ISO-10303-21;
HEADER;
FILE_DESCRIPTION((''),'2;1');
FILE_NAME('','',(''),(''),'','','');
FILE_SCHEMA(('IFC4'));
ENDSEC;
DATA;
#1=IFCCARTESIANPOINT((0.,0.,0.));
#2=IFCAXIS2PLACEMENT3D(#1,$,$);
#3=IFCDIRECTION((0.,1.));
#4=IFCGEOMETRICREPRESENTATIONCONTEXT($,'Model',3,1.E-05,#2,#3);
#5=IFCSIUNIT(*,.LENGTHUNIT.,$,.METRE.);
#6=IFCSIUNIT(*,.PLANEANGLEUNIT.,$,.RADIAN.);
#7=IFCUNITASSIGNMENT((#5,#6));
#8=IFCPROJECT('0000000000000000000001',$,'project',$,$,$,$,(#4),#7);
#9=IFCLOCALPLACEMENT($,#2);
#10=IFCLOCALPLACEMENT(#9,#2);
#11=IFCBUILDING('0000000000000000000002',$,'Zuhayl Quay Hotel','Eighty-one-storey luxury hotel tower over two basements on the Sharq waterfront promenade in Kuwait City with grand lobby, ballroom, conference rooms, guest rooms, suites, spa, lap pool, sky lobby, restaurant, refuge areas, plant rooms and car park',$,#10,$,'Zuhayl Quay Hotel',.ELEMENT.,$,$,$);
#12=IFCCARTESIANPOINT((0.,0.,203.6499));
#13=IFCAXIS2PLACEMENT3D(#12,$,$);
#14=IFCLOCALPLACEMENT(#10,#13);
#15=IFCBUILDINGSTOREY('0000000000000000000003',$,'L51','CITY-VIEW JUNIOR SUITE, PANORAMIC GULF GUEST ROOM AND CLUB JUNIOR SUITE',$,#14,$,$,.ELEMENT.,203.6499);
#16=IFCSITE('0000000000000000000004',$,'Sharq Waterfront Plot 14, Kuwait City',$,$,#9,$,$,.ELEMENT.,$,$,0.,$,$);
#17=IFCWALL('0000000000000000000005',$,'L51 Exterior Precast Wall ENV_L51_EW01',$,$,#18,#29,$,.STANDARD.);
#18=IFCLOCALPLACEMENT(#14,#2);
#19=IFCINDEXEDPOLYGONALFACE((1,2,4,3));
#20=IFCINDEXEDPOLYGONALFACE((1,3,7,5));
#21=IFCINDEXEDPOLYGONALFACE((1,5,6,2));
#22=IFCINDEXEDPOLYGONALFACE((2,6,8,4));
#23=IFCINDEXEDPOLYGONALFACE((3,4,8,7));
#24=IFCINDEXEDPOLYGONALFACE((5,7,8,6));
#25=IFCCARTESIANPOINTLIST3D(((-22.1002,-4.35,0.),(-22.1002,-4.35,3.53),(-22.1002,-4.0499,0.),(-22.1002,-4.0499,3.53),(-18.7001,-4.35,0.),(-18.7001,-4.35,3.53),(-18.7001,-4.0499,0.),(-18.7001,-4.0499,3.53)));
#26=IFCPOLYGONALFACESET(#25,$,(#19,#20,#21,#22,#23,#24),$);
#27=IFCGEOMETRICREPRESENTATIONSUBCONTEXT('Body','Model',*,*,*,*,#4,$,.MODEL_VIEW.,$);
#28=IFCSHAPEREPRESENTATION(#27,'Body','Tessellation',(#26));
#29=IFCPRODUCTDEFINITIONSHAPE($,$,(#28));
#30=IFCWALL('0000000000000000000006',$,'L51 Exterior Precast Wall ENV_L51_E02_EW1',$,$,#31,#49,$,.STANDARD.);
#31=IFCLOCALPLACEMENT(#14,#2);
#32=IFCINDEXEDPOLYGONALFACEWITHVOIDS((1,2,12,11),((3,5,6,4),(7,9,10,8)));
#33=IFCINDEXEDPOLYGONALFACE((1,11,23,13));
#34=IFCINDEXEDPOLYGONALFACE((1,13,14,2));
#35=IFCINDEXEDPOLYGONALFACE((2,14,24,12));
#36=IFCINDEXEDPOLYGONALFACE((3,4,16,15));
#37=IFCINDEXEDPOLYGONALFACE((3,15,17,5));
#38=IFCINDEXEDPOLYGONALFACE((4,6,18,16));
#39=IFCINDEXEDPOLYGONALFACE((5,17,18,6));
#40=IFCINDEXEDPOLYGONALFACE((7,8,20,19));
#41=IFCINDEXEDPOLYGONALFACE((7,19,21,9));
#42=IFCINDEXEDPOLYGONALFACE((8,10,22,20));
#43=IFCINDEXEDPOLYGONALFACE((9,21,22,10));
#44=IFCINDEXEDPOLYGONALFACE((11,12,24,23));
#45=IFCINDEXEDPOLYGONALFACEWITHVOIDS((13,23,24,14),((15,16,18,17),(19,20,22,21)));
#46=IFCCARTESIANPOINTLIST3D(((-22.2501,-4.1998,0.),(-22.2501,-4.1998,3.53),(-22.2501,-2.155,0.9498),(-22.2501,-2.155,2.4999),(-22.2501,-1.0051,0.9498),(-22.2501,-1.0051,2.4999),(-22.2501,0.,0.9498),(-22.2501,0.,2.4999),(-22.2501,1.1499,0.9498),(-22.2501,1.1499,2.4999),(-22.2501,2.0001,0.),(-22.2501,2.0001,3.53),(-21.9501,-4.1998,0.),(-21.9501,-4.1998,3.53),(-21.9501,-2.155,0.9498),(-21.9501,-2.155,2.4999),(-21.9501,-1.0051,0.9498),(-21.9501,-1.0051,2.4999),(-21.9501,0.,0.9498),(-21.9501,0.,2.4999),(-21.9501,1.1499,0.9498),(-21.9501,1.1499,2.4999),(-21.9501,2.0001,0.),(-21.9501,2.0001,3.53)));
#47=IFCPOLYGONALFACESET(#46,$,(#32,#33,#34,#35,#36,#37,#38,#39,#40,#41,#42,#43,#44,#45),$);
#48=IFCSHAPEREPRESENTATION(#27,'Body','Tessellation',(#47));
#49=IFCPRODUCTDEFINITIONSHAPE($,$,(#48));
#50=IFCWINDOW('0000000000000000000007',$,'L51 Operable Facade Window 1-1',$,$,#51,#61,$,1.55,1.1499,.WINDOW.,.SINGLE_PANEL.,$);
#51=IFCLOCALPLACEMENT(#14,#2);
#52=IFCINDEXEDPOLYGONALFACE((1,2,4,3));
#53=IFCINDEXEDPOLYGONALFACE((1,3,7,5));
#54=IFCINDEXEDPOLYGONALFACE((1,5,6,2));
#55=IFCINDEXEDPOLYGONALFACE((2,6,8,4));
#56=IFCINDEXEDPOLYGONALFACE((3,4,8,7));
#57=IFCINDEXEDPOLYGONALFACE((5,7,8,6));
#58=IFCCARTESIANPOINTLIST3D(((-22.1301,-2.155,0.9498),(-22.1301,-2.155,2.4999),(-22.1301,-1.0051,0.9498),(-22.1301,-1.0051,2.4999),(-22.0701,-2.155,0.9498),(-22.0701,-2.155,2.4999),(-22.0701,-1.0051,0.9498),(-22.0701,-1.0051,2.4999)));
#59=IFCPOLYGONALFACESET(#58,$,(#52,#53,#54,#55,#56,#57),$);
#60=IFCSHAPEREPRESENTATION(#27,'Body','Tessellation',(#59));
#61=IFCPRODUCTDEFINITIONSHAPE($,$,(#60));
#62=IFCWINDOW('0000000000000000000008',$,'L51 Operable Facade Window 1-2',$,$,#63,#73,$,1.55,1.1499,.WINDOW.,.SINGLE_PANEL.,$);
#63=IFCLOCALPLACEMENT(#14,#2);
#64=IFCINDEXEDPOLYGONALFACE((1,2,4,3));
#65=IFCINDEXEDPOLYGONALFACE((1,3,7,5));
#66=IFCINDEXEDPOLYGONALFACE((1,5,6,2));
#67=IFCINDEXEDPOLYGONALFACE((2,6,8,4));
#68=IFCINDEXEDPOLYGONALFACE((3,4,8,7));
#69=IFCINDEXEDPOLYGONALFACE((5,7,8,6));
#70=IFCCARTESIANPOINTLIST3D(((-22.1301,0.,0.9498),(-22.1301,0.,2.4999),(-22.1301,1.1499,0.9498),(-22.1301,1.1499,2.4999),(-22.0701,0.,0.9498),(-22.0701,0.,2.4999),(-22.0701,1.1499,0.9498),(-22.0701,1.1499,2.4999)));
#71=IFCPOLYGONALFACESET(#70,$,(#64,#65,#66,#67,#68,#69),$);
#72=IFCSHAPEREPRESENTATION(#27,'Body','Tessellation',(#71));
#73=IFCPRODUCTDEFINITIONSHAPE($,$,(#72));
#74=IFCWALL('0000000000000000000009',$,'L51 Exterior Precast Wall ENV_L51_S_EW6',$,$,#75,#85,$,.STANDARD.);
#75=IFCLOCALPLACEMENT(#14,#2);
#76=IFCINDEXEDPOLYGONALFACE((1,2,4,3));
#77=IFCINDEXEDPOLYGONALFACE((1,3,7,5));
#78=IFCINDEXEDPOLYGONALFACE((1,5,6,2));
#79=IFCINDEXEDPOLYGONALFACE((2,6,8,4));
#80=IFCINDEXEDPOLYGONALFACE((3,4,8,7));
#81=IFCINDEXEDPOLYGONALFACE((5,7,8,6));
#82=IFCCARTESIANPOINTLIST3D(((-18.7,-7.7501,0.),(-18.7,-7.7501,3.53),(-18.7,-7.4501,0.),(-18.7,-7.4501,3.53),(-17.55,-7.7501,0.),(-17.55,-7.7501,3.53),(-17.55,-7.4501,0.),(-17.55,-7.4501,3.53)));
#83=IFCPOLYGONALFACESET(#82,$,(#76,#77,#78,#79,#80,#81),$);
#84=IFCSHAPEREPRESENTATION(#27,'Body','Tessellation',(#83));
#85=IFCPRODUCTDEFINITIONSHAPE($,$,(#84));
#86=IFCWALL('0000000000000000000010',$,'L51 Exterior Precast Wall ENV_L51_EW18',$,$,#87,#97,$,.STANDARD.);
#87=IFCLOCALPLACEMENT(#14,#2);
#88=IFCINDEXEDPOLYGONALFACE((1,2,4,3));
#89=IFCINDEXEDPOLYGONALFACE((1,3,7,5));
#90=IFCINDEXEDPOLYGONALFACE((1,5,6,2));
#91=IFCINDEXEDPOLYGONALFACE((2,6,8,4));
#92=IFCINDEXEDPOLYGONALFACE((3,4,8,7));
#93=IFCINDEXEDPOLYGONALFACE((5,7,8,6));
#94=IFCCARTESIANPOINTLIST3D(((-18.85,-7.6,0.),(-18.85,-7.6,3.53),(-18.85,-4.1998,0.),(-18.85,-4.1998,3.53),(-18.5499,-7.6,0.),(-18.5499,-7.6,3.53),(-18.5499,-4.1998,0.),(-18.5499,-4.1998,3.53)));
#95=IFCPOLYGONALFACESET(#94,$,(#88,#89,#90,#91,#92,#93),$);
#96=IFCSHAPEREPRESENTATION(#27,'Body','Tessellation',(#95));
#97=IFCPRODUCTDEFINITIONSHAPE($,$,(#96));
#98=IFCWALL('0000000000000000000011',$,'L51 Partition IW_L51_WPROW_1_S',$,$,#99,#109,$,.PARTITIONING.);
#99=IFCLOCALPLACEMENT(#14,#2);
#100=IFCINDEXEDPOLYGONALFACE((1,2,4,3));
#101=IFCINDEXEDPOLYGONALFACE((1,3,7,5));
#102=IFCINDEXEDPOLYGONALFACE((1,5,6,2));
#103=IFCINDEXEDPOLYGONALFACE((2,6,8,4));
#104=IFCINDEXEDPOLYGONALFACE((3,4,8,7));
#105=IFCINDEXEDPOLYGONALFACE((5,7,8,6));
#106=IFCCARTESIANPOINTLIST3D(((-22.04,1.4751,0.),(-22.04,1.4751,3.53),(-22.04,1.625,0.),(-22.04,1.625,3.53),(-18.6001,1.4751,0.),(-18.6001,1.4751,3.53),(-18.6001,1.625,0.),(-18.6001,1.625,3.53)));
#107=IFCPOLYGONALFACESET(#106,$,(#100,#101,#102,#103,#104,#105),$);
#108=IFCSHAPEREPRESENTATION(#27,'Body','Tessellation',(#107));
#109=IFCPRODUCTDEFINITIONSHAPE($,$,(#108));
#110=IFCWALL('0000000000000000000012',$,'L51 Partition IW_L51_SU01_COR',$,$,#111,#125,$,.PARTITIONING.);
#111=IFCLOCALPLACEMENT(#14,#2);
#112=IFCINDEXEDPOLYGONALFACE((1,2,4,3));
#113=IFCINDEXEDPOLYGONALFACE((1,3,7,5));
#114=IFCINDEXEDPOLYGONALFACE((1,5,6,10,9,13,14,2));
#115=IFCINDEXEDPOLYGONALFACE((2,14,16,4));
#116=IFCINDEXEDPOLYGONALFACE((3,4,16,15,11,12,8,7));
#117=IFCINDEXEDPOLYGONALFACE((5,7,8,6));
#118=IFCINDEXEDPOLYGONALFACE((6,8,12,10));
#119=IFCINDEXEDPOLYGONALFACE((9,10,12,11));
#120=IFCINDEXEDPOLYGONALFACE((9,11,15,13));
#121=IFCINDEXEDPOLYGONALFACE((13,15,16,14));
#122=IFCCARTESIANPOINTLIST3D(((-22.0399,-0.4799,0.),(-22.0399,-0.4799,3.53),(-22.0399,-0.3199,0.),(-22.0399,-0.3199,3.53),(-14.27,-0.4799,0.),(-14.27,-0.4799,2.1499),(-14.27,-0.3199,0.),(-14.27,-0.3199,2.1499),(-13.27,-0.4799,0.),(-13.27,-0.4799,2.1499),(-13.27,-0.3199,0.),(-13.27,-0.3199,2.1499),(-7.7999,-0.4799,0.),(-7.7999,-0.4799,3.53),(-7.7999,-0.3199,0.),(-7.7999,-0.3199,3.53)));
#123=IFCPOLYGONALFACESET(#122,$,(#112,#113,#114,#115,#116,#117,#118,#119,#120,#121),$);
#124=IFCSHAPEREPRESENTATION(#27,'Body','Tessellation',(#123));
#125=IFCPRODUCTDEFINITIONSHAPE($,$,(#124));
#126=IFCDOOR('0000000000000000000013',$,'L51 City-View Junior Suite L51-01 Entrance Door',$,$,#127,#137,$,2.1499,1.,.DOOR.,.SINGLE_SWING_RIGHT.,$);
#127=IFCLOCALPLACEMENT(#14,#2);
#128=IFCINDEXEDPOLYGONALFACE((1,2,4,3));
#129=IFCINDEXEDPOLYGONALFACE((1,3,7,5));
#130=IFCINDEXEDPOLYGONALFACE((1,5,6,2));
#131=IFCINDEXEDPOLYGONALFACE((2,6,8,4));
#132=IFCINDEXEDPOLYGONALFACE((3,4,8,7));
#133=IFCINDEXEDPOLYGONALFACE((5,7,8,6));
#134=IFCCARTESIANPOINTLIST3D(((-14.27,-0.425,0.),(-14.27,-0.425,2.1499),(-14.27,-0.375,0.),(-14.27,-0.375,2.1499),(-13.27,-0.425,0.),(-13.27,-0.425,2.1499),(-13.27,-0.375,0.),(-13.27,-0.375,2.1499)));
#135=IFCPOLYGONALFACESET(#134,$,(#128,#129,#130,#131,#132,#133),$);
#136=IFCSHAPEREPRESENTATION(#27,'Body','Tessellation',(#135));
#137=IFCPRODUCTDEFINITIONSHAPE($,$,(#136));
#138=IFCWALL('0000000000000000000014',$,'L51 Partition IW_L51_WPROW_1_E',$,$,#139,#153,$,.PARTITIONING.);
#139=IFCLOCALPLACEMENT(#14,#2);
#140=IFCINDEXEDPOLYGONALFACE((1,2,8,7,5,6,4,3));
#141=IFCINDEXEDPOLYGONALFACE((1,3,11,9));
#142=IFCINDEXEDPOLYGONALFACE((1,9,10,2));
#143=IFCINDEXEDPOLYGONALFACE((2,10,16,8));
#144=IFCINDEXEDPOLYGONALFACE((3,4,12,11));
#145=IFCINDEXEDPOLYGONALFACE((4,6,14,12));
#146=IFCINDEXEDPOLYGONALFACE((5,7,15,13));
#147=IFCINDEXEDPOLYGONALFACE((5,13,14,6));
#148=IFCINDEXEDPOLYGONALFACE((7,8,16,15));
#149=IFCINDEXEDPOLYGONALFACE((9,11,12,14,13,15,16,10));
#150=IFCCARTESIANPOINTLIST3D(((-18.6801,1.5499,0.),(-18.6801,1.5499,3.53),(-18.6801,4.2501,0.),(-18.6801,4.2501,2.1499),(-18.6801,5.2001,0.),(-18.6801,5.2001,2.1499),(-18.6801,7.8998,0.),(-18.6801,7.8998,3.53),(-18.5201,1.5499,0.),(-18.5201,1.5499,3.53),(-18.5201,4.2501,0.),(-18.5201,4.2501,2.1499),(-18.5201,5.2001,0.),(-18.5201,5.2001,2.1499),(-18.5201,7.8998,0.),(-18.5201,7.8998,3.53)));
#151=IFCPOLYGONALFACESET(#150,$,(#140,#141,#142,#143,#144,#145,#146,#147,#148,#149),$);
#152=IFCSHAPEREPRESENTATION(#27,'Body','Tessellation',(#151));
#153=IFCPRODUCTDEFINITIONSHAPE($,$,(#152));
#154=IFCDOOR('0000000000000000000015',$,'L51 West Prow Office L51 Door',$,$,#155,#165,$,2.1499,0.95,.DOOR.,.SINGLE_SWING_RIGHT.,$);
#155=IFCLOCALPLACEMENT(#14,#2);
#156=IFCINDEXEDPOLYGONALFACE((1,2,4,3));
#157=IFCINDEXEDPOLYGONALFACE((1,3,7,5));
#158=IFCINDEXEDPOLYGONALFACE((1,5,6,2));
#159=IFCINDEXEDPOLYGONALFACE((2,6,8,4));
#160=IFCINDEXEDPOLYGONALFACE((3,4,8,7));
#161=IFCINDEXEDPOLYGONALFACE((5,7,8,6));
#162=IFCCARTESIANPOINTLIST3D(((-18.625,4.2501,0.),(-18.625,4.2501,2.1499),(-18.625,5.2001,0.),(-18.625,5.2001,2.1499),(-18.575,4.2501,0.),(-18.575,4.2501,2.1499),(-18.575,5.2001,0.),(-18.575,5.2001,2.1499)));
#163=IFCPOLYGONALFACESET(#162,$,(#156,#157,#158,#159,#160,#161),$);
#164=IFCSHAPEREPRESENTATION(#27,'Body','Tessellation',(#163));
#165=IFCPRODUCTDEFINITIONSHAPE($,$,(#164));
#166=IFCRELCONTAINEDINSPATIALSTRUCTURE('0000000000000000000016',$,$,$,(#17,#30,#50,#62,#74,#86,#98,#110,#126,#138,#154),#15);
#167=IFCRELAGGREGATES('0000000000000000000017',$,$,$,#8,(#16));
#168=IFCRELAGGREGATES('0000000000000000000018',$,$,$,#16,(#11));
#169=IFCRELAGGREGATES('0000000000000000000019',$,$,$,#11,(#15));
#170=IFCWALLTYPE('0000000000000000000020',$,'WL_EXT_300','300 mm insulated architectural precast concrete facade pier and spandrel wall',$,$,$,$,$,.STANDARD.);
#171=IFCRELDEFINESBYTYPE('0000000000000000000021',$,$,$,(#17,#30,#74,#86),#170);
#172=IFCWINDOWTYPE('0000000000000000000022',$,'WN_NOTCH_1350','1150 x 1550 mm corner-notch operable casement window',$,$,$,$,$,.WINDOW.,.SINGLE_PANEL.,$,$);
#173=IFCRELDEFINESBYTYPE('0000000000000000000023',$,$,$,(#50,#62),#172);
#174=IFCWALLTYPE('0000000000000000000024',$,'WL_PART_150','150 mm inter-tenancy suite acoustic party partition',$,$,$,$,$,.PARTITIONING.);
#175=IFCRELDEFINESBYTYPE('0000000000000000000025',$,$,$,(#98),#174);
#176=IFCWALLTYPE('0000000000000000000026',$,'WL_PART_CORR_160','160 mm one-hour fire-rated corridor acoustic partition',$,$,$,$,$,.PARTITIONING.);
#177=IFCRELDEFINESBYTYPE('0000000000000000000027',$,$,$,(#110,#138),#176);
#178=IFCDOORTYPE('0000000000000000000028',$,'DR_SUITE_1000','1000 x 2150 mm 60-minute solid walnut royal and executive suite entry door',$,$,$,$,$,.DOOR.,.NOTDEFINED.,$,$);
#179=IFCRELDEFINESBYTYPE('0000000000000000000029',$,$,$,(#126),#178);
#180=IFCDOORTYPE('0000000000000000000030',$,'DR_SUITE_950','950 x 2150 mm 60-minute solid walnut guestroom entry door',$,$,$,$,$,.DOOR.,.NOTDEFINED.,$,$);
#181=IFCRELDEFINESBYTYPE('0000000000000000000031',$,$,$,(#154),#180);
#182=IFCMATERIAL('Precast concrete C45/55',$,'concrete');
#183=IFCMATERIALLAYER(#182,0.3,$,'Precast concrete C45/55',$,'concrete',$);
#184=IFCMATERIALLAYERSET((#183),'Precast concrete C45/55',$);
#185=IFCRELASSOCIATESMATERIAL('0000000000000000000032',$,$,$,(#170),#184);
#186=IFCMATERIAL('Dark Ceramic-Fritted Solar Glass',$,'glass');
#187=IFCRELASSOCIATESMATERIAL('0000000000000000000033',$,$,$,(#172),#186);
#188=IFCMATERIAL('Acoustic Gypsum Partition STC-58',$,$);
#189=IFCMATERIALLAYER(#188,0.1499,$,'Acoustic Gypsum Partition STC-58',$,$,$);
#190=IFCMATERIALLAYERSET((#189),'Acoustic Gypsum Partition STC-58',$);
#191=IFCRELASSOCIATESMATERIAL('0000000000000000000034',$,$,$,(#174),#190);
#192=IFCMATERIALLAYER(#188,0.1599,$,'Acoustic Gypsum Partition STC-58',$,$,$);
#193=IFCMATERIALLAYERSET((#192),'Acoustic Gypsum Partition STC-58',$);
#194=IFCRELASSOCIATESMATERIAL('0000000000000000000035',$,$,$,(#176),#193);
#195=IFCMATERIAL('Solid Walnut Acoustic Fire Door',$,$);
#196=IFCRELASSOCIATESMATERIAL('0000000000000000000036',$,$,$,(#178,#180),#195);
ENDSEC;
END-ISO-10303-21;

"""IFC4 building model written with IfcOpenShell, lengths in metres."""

from ifc_helpers import new_model, si_unit, direction, frame, frame_2d, origin, place, context, subcontext, project, spatial, rectangle, extrude, material, layer, layer_set, type_object, element, fill, save


model = new_model("IFC4")

# Units and contexts
model_context = context("Model", 3, precision=1e-05, world=origin(), true_north=direction((0.0, 1.0)))
body_context = subcontext(model_context, "Body", "Model", "MODEL_VIEW")
ifc_project = project(units=[si_unit("LENGTHUNIT", "METRE"), si_unit("PLANEANGLEUNIT", "RADIAN")], contexts=[model_context])

# Site, building, storey
site_placement = place(None, origin())
site = spatial("IfcSite", under=ifc_project, at=site_placement, Name="Sharq Waterfront Plot 14, Kuwait City", CompositionType="ELEMENT", RefElevation=0.0)
building_placement = place(site_placement, origin())
building = spatial("IfcBuilding", under=site, at=building_placement, Name="Zuhayl Quay Hotel", Description="Eighty-one-storey luxury hotel tower over two basements on the Sharq waterfront promenade in Kuwait City with grand lobby, ballroom, conference rooms, guest rooms, suites, spa, lap pool, sky lobby, restaurant, refuge areas, plant rooms and car park", LongName="Zuhayl Quay Hotel", CompositionType="ELEMENT")
storey_placement = place(building_placement, frame((0.0, 0.0, 203.6499)))
storey = spatial("IfcBuildingStorey", under=building, at=storey_placement, Name="L51", Description="CITY-VIEW JUNIOR SUITE, PANORAMIC GULF GUEST ROOM AND CLUB JUNIOR SUITE", CompositionType="ELEMENT", Elevation=203.6499)

# Shared definitions
ifc_material_1 = material(Name="Dark Ceramic-Fritted Solar Glass", Category="glass")

# Wall
ifc_material_2 = material(Name="Precast concrete C45/55", Category="concrete")
ifc_layer_1 = layer(ifc_material_2, 0.3, Name="Precast concrete C45/55", Category="concrete")
ifc_layer_set_1 = layer_set([ifc_layer_1], Name="Precast concrete C45/55")
wall_type_1 = type_object("IfcWallType", Name="WL_EXT_300", Description="300 mm insulated architectural precast concrete facade pier and spandrel wall", PredefinedType="STANDARD", material=ifc_layer_set_1)
wall_1_placement = place(storey_placement, frame((-18.7, -4.2, 0.0), z_axis=(0.0, 0.0, 1.0), x_axis=(-1.0, 0.0, 0.0)))
element("IfcWall", 1, at=wall_1_placement, inside=storey, type_object=wall_type_1, Name="L51 Exterior Precast Wall ENV_L51_EW01", PredefinedType="STANDARD", context=body_context, shape_type="SweptSolid", body=[
    extrude(rectangle(XDim=3.4001, YDim=0.3, at=frame_2d((1.7002, 0.0))), origin(), (0.0, 0.0, 1.0), 3.53),
])

# Wall, openings, windows
wall_2_placement = place(storey_placement, frame((-22.1001, -4.2, 0.0), z_axis=(0.0, 0.0, 1.0), x_axis=(0.0, 1.0, 0.0)))
wall_2 = element("IfcWall", 2, at=wall_2_placement, inside=storey, type_object=wall_type_1, Name="L51 Exterior Precast Wall ENV_L51_E02_EW1", PredefinedType="STANDARD", context=body_context, shape_type="SweptSolid", body=[
    extrude(rectangle(XDim=6.2, YDim=0.3, at=frame_2d((3.1001, 0.0))), origin(), (0.0, 0.0, 1.0), 3.53),
])
opening_1_placement = place(wall_2_placement, frame((2.0449, 0.0, 0.95)))
opening_1 = element("IfcOpeningElement", 3, at=opening_1_placement, cuts=wall_2, PredefinedType="OPENING", context=body_context, shape_type="SweptSolid", body=[
    extrude(rectangle(XDim=1.1499, YDim=1.55, at=frame_2d((0.575, 0.7749))), frame((0.0, 0.1599, 0.0), z_axis=(0.0, -1.0, 0.0), x_axis=(1.0, 0.0, 0.0)), (0.0, 0.0, 1.0), 0.3201),
])
opening_2_placement = place(wall_2_placement, frame((4.2, 0.0, 0.95)))
opening_2 = element("IfcOpeningElement", 4, at=opening_2_placement, cuts=wall_2, PredefinedType="OPENING", context=body_context, shape_type="SweptSolid", body=[
    extrude(rectangle(XDim=1.1499, YDim=1.55, at=frame_2d((0.575, 0.7749))), frame((0.0, 0.1599, 0.0), z_axis=(0.0, -1.0, 0.0), x_axis=(1.0, 0.0, 0.0)), (0.0, 0.0, 1.0), 0.3201),
])
window_type = type_object("IfcWindowType", Name="WN_NOTCH_1350", Description="1150 x 1550 mm corner-notch operable casement window", PartitioningType="SINGLE_PANEL", PredefinedType="WINDOW", material=ifc_material_1)
window_1_placement = place(opening_1_placement, origin())
window_1 = element("IfcWindow", 5, at=window_1_placement, inside=storey, type_object=window_type, Name="L51 Operable Facade Window 1-1", OverallHeight=1.55, OverallWidth=1.1499, PartitioningType="SINGLE_PANEL", PredefinedType="WINDOW", context=body_context, shape_type="SweptSolid", body=[
    extrude(rectangle(XDim=1.1499, YDim=1.55, at=frame_2d((0.575, 0.7749))), frame((0.0, 0.03, 0.0), z_axis=(0.0, -1.0, 0.0), x_axis=(1.0, 0.0, 0.0)), (0.0, 0.0, 1.0), 0.0601),
])
fill(opening_1, window_1)
window_2_placement = place(opening_2_placement, origin())
window_2 = element("IfcWindow", 6, at=window_2_placement, inside=storey, type_object=window_type, Name="L51 Operable Facade Window 1-2", OverallHeight=1.55, OverallWidth=1.1499, PartitioningType="SINGLE_PANEL", PredefinedType="WINDOW", context=body_context, shape_type="SweptSolid", body=[
    extrude(rectangle(XDim=1.1499, YDim=1.55, at=frame_2d((0.575, 0.7749))), frame((0.0, 0.03, 0.0), z_axis=(0.0, -1.0, 0.0), x_axis=(1.0, 0.0, 0.0)), (0.0, 0.0, 1.0), 0.0601),
])
fill(opening_2, window_2)

# Walls
wall_3_placement = place(storey_placement, frame((-17.55, -7.6001, 0.0), z_axis=(0.0, 0.0, 1.0), x_axis=(-1.0, 0.0, 0.0)))
element("IfcWall", 7, at=wall_3_placement, inside=storey, type_object=wall_type_1, Name="L51 Exterior Precast Wall ENV_L51_S_EW6", PredefinedType="STANDARD", context=body_context, shape_type="SweptSolid", body=[
    extrude(rectangle(XDim=1.1499, YDim=0.3, at=frame_2d((0.575, 0.0))), origin(), (0.0, 0.0, 1.0), 3.53),
])
wall_4_placement = place(storey_placement, frame((-18.7, -7.6001, 0.0), z_axis=(0.0, 0.0, 1.0), x_axis=(0.0, 1.0, 0.0)))
element("IfcWall", 8, at=wall_4_placement, inside=storey, type_object=wall_type_1, Name="L51 Exterior Precast Wall ENV_L51_EW18", PredefinedType="STANDARD", context=body_context, shape_type="SweptSolid", body=[
    extrude(rectangle(XDim=3.4001, YDim=0.3, at=frame_2d((1.7002, 0.0))), origin(), (0.0, 0.0, 1.0), 3.53),
])
ifc_material_3 = material(Name="Acoustic Gypsum Partition STC-58")
ifc_layer_2 = layer(ifc_material_3, 0.1499, Name="Acoustic Gypsum Partition STC-58")
ifc_layer_set_2 = layer_set([ifc_layer_2], Name="Acoustic Gypsum Partition STC-58")
wall_type_2 = type_object("IfcWallType", Name="WL_PART_150", Description="150 mm inter-tenancy suite acoustic party partition", PredefinedType="PARTITIONING", material=ifc_layer_set_2)
wall_5_placement = place(storey_placement, frame((-22.04, 1.55, 0.0), z_axis=(0.0, 0.0, 1.0), x_axis=(1.0, 0.0, 0.0)))
element("IfcWall", 9, at=wall_5_placement, inside=storey, type_object=wall_type_2, Name="L51 Partition IW_L51_WPROW_1_S", PredefinedType="PARTITIONING", context=body_context, shape_type="SweptSolid", body=[
    extrude(rectangle(XDim=3.4399, YDim=0.1499, at=frame_2d((1.72, 0.0))), origin(), (0.0, 0.0, 1.0), 3.53),
])

# Walls, openings, doors
ifc_layer_3 = layer(ifc_material_3, 0.1599, Name="Acoustic Gypsum Partition STC-58")
ifc_layer_set_3 = layer_set([ifc_layer_3], Name="Acoustic Gypsum Partition STC-58")
wall_type_3 = type_object("IfcWallType", Name="WL_PART_CORR_160", Description="160 mm one-hour fire-rated corridor acoustic partition", PredefinedType="PARTITIONING", material=ifc_layer_set_3)
wall_6_placement = place(storey_placement, frame((-22.04, -0.3999, 0.0), z_axis=(0.0, 0.0, 1.0), x_axis=(1.0, 0.0, 0.0)))
wall_6 = element("IfcWall", 10, at=wall_6_placement, inside=storey, type_object=wall_type_3, Name="L51 Partition IW_L51_SU01_COR", PredefinedType="PARTITIONING", context=body_context, shape_type="SweptSolid", body=[
    extrude(rectangle(XDim=14.24, YDim=0.1599, at=frame_2d((7.1201, 0.0))), origin(), (0.0, 0.0, 1.0), 3.53),
])
opening_3_placement = place(wall_6_placement, frame((7.77, 0.0, 0.0)))
opening_3 = element("IfcOpeningElement", 11, at=opening_3_placement, cuts=wall_6, PredefinedType="OPENING", context=body_context, shape_type="SweptSolid", body=[
    extrude(rectangle(XDim=1.0, YDim=2.1499, at=frame_2d((0.5, 1.075))), frame((0.0, 0.0898, 0.0), z_axis=(0.0, -1.0, 0.0), x_axis=(1.0, 0.0, 0.0)), (0.0, 0.0, 1.0), 0.1799),
])
ifc_material_4 = material(Name="Solid Walnut Acoustic Fire Door")
door_type_1 = type_object("IfcDoorType", Name="DR_SUITE_1000", Description="1000 x 2150 mm 60-minute solid walnut royal and executive suite entry door", OperationType="NOTDEFINED", PredefinedType="DOOR", material=ifc_material_4)
door_1_placement = place(opening_3_placement, origin())
door_1 = element("IfcDoor", 12, at=door_1_placement, inside=storey, type_object=door_type_1, Name="L51 City-View Junior Suite L51-01 Entrance Door", OperationType="SINGLE_SWING_RIGHT", OverallHeight=2.1499, OverallWidth=1.0, PredefinedType="DOOR", context=body_context, shape_type="SweptSolid", body=[
    extrude(rectangle(XDim=1.0, YDim=2.1499, at=frame_2d((0.5, 1.075))), frame((0.0, 0.0249, 0.0), z_axis=(0.0, -1.0, 0.0), x_axis=(1.0, 0.0, 0.0)), (0.0, 0.0, 1.0), 0.05),
])
fill(opening_3, door_1)
wall_7_placement = place(storey_placement, frame((-18.6001, 1.55, 0.0), z_axis=(0.0, 0.0, 1.0), x_axis=(0.0, 1.0, 0.0)))
wall_7 = element("IfcWall", 13, at=wall_7_placement, inside=storey, type_object=wall_type_3, Name="L51 Partition IW_L51_WPROW_1_E", PredefinedType="PARTITIONING", context=body_context, shape_type="SweptSolid", body=[
    extrude(rectangle(XDim=6.3499, YDim=0.1599, at=frame_2d((3.1748, 0.0))), origin(), (0.0, 0.0, 1.0), 3.53),
])
opening_4_placement = place(wall_7_placement, frame((2.7, 0.0, 0.0)))
opening_4 = element("IfcOpeningElement", 14, at=opening_4_placement, cuts=wall_7, PredefinedType="OPENING", context=body_context, shape_type="SweptSolid", body=[
    extrude(rectangle(XDim=0.95, YDim=2.1499, at=frame_2d((0.4751, 1.075))), frame((0.0, 0.0898, 0.0), z_axis=(0.0, -1.0, 0.0), x_axis=(1.0, 0.0, 0.0)), (0.0, 0.0, 1.0), 0.1799),
])
door_type_2 = type_object("IfcDoorType", Name="DR_SUITE_950", Description="950 x 2150 mm 60-minute solid walnut guestroom entry door", OperationType="NOTDEFINED", PredefinedType="DOOR", material=ifc_material_4)
door_2_placement = place(opening_4_placement, origin())
door_2 = element("IfcDoor", 15, at=door_2_placement, inside=storey, type_object=door_type_2, Name="L51 West Prow Office L51 Door", OperationType="SINGLE_SWING_RIGHT", OverallHeight=2.1499, OverallWidth=0.95, PredefinedType="DOOR", context=body_context, shape_type="SweptSolid", body=[
    extrude(rectangle(XDim=0.95, YDim=2.1499, at=frame_2d((0.4751, 1.075))), frame((0.0, 0.0249, 0.0), z_axis=(0.0, -1.0, 0.0), x_axis=(1.0, 0.0, 0.0)), (0.0, 0.0, 1.0), 0.05),
])
fill(opening_4, door_2)

save(model, "model.ifc")
